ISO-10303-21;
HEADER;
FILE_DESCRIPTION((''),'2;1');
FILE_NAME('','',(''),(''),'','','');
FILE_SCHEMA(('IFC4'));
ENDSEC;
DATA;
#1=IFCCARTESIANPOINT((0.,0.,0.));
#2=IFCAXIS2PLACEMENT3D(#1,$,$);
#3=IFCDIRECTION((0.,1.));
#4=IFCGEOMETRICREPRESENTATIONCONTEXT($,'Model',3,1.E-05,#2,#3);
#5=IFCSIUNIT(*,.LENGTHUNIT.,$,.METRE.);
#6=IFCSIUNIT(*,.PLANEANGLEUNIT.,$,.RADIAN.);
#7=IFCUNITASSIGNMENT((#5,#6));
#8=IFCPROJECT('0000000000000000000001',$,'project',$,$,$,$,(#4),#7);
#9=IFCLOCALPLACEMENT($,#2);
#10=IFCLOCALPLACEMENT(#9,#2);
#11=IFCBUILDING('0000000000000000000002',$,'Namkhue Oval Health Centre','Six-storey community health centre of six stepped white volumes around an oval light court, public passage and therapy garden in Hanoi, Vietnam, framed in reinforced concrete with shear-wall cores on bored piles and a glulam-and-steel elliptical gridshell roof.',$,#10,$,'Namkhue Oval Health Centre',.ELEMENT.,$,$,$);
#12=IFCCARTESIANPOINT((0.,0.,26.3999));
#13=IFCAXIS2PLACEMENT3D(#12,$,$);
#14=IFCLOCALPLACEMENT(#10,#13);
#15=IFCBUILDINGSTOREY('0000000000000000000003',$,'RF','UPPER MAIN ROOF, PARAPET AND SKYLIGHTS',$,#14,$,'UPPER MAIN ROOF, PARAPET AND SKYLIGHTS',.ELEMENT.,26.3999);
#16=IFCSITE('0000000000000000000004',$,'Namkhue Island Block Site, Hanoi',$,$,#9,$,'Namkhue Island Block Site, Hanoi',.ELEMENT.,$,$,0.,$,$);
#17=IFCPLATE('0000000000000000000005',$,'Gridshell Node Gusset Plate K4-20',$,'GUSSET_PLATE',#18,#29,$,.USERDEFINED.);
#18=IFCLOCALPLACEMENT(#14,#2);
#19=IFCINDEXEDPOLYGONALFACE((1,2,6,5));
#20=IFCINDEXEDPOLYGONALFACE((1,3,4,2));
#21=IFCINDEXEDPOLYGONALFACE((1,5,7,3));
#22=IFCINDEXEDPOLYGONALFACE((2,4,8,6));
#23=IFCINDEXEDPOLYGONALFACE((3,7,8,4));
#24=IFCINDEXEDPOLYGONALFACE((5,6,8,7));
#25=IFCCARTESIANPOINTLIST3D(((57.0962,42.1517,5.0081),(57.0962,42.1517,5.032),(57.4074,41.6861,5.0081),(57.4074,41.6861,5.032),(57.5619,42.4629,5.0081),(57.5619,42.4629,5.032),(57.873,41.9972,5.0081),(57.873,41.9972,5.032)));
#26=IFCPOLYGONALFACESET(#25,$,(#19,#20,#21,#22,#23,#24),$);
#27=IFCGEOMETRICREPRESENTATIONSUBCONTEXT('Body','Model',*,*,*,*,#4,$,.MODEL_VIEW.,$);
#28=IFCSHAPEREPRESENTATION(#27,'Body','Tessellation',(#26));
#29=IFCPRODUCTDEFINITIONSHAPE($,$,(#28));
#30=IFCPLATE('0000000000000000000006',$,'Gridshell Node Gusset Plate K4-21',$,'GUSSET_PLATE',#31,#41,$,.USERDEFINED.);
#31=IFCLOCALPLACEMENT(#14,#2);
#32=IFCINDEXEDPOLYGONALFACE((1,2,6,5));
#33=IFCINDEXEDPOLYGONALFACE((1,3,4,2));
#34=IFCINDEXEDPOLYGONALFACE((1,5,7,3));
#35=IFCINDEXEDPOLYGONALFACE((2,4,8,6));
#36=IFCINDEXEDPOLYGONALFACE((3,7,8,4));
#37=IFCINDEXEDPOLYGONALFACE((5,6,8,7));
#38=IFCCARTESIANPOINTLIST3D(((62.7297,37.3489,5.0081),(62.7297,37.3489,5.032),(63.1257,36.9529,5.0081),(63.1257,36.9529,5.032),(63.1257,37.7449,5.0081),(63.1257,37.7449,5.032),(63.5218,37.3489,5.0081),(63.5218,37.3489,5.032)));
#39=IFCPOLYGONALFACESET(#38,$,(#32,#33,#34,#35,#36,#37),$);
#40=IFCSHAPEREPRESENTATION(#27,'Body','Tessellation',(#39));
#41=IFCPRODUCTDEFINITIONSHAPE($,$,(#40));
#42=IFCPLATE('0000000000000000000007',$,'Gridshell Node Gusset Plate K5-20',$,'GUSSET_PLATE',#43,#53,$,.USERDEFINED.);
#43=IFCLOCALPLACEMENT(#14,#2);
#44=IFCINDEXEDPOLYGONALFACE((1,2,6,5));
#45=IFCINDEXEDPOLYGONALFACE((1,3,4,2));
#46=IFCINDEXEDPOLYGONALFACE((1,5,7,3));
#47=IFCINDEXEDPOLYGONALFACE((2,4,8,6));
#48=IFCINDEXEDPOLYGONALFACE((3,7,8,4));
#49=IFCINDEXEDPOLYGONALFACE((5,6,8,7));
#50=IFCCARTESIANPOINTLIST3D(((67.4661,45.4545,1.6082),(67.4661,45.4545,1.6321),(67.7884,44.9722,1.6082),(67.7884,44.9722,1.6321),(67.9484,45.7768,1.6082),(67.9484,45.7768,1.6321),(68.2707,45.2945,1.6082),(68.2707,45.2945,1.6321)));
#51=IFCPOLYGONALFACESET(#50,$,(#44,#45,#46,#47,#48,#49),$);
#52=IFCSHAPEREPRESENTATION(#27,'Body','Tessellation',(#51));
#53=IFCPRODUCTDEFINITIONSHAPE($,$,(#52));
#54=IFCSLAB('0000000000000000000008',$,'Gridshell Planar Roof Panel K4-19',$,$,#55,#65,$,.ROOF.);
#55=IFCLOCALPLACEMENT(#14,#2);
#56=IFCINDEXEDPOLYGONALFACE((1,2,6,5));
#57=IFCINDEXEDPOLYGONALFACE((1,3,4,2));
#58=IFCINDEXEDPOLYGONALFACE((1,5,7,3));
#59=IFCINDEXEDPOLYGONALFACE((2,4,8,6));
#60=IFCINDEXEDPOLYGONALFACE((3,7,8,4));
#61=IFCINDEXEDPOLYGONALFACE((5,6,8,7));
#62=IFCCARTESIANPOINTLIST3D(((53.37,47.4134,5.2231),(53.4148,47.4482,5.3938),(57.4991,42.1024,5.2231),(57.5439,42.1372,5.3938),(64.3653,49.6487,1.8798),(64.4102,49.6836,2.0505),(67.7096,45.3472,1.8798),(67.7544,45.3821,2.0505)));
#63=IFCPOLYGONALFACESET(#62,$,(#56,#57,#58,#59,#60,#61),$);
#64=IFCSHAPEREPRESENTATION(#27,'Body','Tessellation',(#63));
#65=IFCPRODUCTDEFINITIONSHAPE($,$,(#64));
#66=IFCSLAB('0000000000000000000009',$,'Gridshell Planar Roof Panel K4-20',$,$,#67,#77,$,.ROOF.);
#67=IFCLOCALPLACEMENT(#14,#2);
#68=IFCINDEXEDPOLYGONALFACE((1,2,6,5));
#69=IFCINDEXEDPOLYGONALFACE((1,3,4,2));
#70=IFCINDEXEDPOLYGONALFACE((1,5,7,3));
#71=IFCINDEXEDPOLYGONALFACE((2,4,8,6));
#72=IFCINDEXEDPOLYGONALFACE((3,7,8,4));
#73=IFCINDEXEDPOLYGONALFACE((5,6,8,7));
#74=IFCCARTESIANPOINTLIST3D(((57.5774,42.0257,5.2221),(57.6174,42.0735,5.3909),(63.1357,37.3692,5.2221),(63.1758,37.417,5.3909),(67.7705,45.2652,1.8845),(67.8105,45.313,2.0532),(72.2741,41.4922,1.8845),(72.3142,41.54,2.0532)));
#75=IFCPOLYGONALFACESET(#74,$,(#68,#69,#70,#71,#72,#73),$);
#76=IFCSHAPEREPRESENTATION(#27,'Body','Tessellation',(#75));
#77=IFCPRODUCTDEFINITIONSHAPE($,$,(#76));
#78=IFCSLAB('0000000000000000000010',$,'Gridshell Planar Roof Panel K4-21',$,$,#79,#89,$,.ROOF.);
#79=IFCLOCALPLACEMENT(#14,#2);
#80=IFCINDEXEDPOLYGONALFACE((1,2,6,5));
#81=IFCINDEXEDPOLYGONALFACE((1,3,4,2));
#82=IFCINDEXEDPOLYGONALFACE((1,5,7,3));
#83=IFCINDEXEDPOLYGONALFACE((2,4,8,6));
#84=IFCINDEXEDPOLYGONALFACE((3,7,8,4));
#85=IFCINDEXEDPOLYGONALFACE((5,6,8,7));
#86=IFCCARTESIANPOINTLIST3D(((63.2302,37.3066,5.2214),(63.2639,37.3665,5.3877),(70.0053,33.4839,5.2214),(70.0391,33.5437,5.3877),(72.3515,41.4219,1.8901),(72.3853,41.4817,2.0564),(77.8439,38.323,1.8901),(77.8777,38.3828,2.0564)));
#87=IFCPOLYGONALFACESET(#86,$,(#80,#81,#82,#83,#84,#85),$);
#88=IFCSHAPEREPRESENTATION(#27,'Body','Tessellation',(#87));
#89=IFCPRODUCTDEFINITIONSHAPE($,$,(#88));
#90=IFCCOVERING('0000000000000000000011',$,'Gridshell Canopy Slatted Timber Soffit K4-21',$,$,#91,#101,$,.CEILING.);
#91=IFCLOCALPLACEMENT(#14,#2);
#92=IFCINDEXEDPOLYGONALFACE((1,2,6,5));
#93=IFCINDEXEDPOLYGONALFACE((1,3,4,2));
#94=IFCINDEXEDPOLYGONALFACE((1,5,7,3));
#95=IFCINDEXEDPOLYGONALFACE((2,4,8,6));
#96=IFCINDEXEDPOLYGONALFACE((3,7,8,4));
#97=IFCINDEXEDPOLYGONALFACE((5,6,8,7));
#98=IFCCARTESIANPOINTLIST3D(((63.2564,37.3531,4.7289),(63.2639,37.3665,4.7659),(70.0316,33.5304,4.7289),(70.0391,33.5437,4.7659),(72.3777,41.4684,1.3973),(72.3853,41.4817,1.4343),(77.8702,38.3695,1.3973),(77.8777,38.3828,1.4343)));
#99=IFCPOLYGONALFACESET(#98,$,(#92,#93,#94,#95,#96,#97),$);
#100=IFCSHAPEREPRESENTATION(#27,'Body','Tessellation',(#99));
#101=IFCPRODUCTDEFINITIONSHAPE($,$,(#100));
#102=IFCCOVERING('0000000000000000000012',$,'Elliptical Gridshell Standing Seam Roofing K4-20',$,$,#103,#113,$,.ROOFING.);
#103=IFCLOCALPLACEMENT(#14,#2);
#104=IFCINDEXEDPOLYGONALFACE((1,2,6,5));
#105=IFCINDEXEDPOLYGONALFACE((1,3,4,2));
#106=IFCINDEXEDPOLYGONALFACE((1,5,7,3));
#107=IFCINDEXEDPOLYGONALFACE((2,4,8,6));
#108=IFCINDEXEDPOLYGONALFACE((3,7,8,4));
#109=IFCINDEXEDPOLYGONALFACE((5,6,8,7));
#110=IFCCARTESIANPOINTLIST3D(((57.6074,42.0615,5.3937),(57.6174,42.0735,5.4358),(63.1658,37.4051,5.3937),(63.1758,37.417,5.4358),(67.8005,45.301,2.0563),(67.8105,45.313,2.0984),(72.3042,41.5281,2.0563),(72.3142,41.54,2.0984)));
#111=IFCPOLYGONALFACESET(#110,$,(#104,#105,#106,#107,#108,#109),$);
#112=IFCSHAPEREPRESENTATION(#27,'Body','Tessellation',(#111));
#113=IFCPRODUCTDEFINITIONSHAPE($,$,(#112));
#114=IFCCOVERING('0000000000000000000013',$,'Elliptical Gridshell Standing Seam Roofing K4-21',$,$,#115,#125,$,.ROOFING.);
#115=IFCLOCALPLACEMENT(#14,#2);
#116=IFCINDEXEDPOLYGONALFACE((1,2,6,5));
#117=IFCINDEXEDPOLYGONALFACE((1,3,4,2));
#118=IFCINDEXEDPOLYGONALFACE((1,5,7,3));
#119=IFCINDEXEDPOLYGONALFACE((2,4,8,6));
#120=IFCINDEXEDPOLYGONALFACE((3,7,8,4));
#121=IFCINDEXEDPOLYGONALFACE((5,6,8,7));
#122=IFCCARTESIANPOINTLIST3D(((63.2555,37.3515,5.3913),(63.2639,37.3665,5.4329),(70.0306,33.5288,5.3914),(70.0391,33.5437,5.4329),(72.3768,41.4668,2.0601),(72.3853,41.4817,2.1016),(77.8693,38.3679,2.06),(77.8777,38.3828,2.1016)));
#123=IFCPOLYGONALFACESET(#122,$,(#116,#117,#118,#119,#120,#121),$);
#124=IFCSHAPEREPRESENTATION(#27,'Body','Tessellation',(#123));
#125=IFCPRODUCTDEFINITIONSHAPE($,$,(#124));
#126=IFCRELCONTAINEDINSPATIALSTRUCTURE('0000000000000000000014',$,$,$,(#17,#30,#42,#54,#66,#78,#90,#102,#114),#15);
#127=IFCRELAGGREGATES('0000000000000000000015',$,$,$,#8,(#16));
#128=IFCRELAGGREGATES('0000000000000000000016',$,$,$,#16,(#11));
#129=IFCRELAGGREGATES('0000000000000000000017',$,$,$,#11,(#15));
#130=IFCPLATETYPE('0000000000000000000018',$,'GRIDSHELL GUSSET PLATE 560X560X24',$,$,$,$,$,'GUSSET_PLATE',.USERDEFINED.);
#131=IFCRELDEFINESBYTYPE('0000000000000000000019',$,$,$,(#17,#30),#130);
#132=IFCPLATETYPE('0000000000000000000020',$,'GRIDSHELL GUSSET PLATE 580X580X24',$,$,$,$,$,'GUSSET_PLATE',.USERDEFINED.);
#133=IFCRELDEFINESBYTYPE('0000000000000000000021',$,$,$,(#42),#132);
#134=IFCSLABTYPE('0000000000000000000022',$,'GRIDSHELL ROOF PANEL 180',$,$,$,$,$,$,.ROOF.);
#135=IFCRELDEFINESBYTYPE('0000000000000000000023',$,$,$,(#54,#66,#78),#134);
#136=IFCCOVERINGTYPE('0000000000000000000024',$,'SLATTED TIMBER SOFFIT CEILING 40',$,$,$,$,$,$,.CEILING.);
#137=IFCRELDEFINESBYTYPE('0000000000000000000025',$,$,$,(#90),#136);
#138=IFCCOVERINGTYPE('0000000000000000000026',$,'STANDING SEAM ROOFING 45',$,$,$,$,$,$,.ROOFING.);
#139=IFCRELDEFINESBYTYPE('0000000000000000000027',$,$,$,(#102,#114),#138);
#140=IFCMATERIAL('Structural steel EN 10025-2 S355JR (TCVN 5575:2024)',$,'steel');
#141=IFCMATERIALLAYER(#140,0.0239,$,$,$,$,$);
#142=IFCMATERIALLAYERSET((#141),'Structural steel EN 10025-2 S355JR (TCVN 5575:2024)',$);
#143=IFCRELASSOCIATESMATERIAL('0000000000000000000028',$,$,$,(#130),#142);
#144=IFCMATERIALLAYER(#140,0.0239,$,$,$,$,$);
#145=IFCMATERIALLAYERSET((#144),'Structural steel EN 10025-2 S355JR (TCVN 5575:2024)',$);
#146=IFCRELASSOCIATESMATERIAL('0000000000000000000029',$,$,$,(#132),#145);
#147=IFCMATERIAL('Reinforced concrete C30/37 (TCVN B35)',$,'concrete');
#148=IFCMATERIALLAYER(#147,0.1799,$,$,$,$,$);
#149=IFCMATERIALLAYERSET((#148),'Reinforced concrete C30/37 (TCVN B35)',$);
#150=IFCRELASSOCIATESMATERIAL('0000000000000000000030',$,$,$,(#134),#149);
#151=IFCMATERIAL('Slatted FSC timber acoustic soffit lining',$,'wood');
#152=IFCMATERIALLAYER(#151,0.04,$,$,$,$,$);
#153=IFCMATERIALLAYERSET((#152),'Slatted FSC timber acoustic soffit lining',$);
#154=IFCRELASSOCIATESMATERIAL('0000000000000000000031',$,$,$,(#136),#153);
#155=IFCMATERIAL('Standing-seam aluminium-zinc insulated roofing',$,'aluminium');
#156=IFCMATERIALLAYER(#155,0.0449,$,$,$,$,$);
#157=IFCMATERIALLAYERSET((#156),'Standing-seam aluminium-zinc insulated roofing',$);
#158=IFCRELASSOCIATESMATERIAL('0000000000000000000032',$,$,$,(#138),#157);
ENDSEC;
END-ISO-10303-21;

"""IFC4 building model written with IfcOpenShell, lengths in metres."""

from ifc_helpers import new_model, si_unit, direction, frame, origin, origin_2d, place, context, subcontext, project, spatial, polyline, rectangle, outline, extrude, material, layer, layer_set, type_object, element, save


model = new_model("IFC4")

# Units and contexts
model_context = context("Model", 3, precision=1e-05, world=origin(), true_north=direction((0.0, 1.0)))
body_context = subcontext(model_context, "Body", "Model", "MODEL_VIEW")
ifc_project = project(units=[si_unit("LENGTHUNIT", "METRE"), si_unit("PLANEANGLEUNIT", "RADIAN")], contexts=[model_context])

# Site, building, storey
site_placement = place(None, origin())
site = spatial("IfcSite", under=ifc_project, at=site_placement, Name="Namkhue Island Block Site, Hanoi", LongName="Namkhue Island Block Site, Hanoi", CompositionType="ELEMENT", RefElevation=0.0)
building_placement = place(site_placement, origin())
building = spatial("IfcBuilding", under=site, at=building_placement, Name="Namkhue Oval Health Centre", Description="Six-storey community health centre of six stepped white volumes around an oval light court, public passage and therapy garden in Hanoi, Vietnam, framed in reinforced concrete with shear-wall cores on bored piles and a glulam-and-steel elliptical gridshell roof.", LongName="Namkhue Oval Health Centre", CompositionType="ELEMENT")
storey_placement = place(building_placement, frame((0.0, 0.0, 26.3999)))
storey = spatial("IfcBuildingStorey", under=building, at=storey_placement, Name="RF", Description="UPPER MAIN ROOF, PARAPET AND SKYLIGHTS", LongName="UPPER MAIN ROOF, PARAPET AND SKYLIGHTS", CompositionType="ELEMENT", Elevation=26.3999)

# Shared definitions
ifc_material_1 = material(Name="Structural steel EN 10025-2 S355JR (TCVN 5575:2024)", Category="steel")

# Plates
ifc_layer_1 = layer(ifc_material_1, 0.0239)
ifc_layer_set_1 = layer_set([ifc_layer_1], Name="Structural steel EN 10025-2 S355JR (TCVN 5575:2024)")
plate_type_1 = type_object("IfcPlateType", Name="GRIDSHELL GUSSET PLATE 560X560X24", ElementType="GUSSET_PLATE", PredefinedType="USERDEFINED", material=ifc_layer_set_1)
for number, where, z_axis, x_axis, name in (
    (1, (57.4846, 42.0745, 5.0081), (0.0, 0.0, 1.0), (-0.83147, -0.55557, 0.0), "Gridshell Node Gusset Plate K4-20"),
    (2, (63.1257, 37.3489, 5.0081), (0.0, 0.0, 1.0), (-0.707107, -0.707107, 0.0), "Gridshell Node Gusset Plate K4-21"),
):
    element("IfcPlate", number, at=place(storey_placement, frame(where, z_axis=z_axis, x_axis=x_axis)), inside=storey, type_object=plate_type_1, Name=name, ObjectType="GUSSET_PLATE", PredefinedType="USERDEFINED", context=body_context, shape_type="SweptSolid", body=[
        extrude(rectangle(XDim=0.5601, YDim=0.5601, at=origin_2d()), origin(), (0.0, 0.0, 1.0), 0.0239),
    ])
ifc_layer_2 = layer(ifc_material_1, 0.0239)
ifc_layer_set_2 = layer_set([ifc_layer_2], Name="Structural steel EN 10025-2 S355JR (TCVN 5575:2024)")
plate_type_2 = type_object("IfcPlateType", Name="GRIDSHELL GUSSET PLATE 580X580X24", ElementType="GUSSET_PLATE", PredefinedType="USERDEFINED", material=ifc_layer_set_2)
plate_placement = place(storey_placement, frame((67.8684, 45.3745, 1.6082), z_axis=(0.0, 0.0, 1.0), x_axis=(-0.83147, -0.55557, 0.0)))
element("IfcPlate", 3, at=plate_placement, inside=storey, type_object=plate_type_2, Name="Gridshell Node Gusset Plate K5-20", ObjectType="GUSSET_PLATE", PredefinedType="USERDEFINED", context=body_context, shape_type="SweptSolid", body=[
    extrude(rectangle(XDim=0.5801, YDim=0.5801, at=origin_2d()), origin(), (0.0, 0.0, 1.0), 0.0239),
])

# Slabs
ifc_material_2 = material(Name="Reinforced concrete C30/37 (TCVN B35)", Category="concrete")
ifc_layer_3 = layer(ifc_material_2, 0.1799)
ifc_layer_set_3 = layer_set([ifc_layer_3], Name="Reinforced concrete C30/37 (TCVN B35)")
slab_type = type_object("IfcSlabType", Name="GRIDSHELL ROOF PANEL 180", PredefinedType="ROOF", material=ifc_layer_set_3)
slab_1_placement = place(storey_placement, frame((53.4148, 47.4482, 5.3938), z_axis=(0.249144, 0.1937, 0.948898), x_axis=(0.613787, -0.789472, -0.000001)))
element("IfcSlab", 4, at=slab_1_placement, inside=storey, type_object=slab_type, Name="Gridshell Planar Roof Panel K4-19", PredefinedType="ROOF", context=body_context, shape_type="SweptSolid", body=[
    extrude(outline(polyline([(0.0, 0.0), (6.7273, 0.0), (10.4326, 10.5939), (4.9841, 10.5939), (0.0, 0.0)])), origin(), (0.0, 0.0, -1.0), 0.1799),
])
slab_2_placement = place(storey_placement, frame((57.6174, 42.0735, 5.3909), z_axis=(0.22266, 0.265783, 0.937967), x_axis=(0.766554, -0.642179, 0.0)))
element("IfcSlab", 5, at=slab_2_placement, inside=storey, type_object=slab_type, Name="Gridshell Planar Roof Panel K4-20", PredefinedType="ROOF", context=body_context, shape_type="SweptSolid", body=[
    extrude(outline(polyline([(0.0, 0.0), (7.2511, 0.0), (11.6084, 9.6262), (5.7332, 9.6262), (0.0, 0.0)])), origin(), (0.0, 0.0, -1.0), 0.1799),
])
slab_3_placement = place(storey_placement, frame((63.2639, 37.3665, 5.3877), z_axis=(0.187574, 0.332448, 0.92428), x_axis=(0.870931, -0.491406, 0.000003)))
element("IfcSlab", 6, at=slab_3_placement, inside=storey, type_object=slab_type, Name="Gridshell Planar Roof Panel K4-21", PredefinedType="ROOF", context=body_context, shape_type="SweptSolid", body=[
    extrude(outline(polyline([(0.0, 0.0), (7.7792, 0.0), (12.2281, 8.7273), (5.9218, 8.7272), (0.0, 0.0)])), origin(), (0.0, 0.0, -1.0), 0.1799),
])

# Coverings
ifc_material_3 = material(Name="Slatted FSC timber acoustic soffit lining", Category="wood")
ifc_layer_4 = layer(ifc_material_3, 0.04)
ifc_layer_set_4 = layer_set([ifc_layer_4], Name="Slatted FSC timber acoustic soffit lining")
covering_type_1 = type_object("IfcCoveringType", Name="SLATTED TIMBER SOFFIT CEILING 40", PredefinedType="CEILING", material=ifc_layer_set_4)
covering_1_placement = place(storey_placement, frame((63.2639, 37.3665, 4.7659), z_axis=(0.187586, 0.332469, 0.92427), x_axis=(0.870931, -0.491406, 0.000003)))
element("IfcCovering", 7, at=covering_1_placement, inside=storey, type_object=covering_type_1, Name="Gridshell Canopy Slatted Timber Soffit K4-21", PredefinedType="CEILING", context=body_context, shape_type="SweptSolid", body=[
    extrude(outline(polyline([(0.0, 0.0), (7.7792, 0.0), (12.2281, 8.7274), (5.9218, 8.7273), (0.0, 0.0)])), origin(), (0.0, 0.0, -1.0), 0.04),
])
ifc_material_4 = material(Name="Standing-seam aluminium-zinc insulated roofing", Category="aluminium")
ifc_layer_5 = layer(ifc_material_4, 0.0449)
ifc_layer_set_5 = layer_set([ifc_layer_5], Name="Standing-seam aluminium-zinc insulated roofing")
covering_type_2 = type_object("IfcCoveringType", Name="STANDING SEAM ROOFING 45", PredefinedType="ROOFING", material=ifc_layer_set_5)
covering_2_placement = place(storey_placement, frame((57.6174, 42.0735, 5.4358), z_axis=(0.222646, 0.265766, 0.937975), x_axis=(0.766554, -0.642179, 0.0)))
element("IfcCovering", 8, at=covering_2_placement, inside=storey, type_object=covering_type_2, Name="Elliptical Gridshell Standing Seam Roofing K4-20", PredefinedType="ROOFING", context=body_context, shape_type="SweptSolid", body=[
    extrude(outline(polyline([(0.0, 0.0), (7.2511, 0.0), (11.6084, 9.6261), (5.7332, 9.6261), (0.0, 0.0)])), origin(), (0.0, 0.0, -1.0), 0.0449),
])
covering_3_placement = place(storey_placement, frame((63.2639, 37.3665, 5.4329), z_axis=(0.187574, 0.332448, 0.92428), x_axis=(0.870931, -0.491406, 0.000003)))
element("IfcCovering", 9, at=covering_3_placement, inside=storey, type_object=covering_type_2, Name="Elliptical Gridshell Standing Seam Roofing K4-21", PredefinedType="ROOFING", context=body_context, shape_type="SweptSolid", body=[
    extrude(outline(polyline([(0.0, 0.0), (7.7792, 0.0), (12.2281, 8.7273), (5.9218, 8.7272), (0.0, 0.0)])), origin(), (0.0, 0.0, -1.0), 0.0449),
])

save(model, "model.ifc")
